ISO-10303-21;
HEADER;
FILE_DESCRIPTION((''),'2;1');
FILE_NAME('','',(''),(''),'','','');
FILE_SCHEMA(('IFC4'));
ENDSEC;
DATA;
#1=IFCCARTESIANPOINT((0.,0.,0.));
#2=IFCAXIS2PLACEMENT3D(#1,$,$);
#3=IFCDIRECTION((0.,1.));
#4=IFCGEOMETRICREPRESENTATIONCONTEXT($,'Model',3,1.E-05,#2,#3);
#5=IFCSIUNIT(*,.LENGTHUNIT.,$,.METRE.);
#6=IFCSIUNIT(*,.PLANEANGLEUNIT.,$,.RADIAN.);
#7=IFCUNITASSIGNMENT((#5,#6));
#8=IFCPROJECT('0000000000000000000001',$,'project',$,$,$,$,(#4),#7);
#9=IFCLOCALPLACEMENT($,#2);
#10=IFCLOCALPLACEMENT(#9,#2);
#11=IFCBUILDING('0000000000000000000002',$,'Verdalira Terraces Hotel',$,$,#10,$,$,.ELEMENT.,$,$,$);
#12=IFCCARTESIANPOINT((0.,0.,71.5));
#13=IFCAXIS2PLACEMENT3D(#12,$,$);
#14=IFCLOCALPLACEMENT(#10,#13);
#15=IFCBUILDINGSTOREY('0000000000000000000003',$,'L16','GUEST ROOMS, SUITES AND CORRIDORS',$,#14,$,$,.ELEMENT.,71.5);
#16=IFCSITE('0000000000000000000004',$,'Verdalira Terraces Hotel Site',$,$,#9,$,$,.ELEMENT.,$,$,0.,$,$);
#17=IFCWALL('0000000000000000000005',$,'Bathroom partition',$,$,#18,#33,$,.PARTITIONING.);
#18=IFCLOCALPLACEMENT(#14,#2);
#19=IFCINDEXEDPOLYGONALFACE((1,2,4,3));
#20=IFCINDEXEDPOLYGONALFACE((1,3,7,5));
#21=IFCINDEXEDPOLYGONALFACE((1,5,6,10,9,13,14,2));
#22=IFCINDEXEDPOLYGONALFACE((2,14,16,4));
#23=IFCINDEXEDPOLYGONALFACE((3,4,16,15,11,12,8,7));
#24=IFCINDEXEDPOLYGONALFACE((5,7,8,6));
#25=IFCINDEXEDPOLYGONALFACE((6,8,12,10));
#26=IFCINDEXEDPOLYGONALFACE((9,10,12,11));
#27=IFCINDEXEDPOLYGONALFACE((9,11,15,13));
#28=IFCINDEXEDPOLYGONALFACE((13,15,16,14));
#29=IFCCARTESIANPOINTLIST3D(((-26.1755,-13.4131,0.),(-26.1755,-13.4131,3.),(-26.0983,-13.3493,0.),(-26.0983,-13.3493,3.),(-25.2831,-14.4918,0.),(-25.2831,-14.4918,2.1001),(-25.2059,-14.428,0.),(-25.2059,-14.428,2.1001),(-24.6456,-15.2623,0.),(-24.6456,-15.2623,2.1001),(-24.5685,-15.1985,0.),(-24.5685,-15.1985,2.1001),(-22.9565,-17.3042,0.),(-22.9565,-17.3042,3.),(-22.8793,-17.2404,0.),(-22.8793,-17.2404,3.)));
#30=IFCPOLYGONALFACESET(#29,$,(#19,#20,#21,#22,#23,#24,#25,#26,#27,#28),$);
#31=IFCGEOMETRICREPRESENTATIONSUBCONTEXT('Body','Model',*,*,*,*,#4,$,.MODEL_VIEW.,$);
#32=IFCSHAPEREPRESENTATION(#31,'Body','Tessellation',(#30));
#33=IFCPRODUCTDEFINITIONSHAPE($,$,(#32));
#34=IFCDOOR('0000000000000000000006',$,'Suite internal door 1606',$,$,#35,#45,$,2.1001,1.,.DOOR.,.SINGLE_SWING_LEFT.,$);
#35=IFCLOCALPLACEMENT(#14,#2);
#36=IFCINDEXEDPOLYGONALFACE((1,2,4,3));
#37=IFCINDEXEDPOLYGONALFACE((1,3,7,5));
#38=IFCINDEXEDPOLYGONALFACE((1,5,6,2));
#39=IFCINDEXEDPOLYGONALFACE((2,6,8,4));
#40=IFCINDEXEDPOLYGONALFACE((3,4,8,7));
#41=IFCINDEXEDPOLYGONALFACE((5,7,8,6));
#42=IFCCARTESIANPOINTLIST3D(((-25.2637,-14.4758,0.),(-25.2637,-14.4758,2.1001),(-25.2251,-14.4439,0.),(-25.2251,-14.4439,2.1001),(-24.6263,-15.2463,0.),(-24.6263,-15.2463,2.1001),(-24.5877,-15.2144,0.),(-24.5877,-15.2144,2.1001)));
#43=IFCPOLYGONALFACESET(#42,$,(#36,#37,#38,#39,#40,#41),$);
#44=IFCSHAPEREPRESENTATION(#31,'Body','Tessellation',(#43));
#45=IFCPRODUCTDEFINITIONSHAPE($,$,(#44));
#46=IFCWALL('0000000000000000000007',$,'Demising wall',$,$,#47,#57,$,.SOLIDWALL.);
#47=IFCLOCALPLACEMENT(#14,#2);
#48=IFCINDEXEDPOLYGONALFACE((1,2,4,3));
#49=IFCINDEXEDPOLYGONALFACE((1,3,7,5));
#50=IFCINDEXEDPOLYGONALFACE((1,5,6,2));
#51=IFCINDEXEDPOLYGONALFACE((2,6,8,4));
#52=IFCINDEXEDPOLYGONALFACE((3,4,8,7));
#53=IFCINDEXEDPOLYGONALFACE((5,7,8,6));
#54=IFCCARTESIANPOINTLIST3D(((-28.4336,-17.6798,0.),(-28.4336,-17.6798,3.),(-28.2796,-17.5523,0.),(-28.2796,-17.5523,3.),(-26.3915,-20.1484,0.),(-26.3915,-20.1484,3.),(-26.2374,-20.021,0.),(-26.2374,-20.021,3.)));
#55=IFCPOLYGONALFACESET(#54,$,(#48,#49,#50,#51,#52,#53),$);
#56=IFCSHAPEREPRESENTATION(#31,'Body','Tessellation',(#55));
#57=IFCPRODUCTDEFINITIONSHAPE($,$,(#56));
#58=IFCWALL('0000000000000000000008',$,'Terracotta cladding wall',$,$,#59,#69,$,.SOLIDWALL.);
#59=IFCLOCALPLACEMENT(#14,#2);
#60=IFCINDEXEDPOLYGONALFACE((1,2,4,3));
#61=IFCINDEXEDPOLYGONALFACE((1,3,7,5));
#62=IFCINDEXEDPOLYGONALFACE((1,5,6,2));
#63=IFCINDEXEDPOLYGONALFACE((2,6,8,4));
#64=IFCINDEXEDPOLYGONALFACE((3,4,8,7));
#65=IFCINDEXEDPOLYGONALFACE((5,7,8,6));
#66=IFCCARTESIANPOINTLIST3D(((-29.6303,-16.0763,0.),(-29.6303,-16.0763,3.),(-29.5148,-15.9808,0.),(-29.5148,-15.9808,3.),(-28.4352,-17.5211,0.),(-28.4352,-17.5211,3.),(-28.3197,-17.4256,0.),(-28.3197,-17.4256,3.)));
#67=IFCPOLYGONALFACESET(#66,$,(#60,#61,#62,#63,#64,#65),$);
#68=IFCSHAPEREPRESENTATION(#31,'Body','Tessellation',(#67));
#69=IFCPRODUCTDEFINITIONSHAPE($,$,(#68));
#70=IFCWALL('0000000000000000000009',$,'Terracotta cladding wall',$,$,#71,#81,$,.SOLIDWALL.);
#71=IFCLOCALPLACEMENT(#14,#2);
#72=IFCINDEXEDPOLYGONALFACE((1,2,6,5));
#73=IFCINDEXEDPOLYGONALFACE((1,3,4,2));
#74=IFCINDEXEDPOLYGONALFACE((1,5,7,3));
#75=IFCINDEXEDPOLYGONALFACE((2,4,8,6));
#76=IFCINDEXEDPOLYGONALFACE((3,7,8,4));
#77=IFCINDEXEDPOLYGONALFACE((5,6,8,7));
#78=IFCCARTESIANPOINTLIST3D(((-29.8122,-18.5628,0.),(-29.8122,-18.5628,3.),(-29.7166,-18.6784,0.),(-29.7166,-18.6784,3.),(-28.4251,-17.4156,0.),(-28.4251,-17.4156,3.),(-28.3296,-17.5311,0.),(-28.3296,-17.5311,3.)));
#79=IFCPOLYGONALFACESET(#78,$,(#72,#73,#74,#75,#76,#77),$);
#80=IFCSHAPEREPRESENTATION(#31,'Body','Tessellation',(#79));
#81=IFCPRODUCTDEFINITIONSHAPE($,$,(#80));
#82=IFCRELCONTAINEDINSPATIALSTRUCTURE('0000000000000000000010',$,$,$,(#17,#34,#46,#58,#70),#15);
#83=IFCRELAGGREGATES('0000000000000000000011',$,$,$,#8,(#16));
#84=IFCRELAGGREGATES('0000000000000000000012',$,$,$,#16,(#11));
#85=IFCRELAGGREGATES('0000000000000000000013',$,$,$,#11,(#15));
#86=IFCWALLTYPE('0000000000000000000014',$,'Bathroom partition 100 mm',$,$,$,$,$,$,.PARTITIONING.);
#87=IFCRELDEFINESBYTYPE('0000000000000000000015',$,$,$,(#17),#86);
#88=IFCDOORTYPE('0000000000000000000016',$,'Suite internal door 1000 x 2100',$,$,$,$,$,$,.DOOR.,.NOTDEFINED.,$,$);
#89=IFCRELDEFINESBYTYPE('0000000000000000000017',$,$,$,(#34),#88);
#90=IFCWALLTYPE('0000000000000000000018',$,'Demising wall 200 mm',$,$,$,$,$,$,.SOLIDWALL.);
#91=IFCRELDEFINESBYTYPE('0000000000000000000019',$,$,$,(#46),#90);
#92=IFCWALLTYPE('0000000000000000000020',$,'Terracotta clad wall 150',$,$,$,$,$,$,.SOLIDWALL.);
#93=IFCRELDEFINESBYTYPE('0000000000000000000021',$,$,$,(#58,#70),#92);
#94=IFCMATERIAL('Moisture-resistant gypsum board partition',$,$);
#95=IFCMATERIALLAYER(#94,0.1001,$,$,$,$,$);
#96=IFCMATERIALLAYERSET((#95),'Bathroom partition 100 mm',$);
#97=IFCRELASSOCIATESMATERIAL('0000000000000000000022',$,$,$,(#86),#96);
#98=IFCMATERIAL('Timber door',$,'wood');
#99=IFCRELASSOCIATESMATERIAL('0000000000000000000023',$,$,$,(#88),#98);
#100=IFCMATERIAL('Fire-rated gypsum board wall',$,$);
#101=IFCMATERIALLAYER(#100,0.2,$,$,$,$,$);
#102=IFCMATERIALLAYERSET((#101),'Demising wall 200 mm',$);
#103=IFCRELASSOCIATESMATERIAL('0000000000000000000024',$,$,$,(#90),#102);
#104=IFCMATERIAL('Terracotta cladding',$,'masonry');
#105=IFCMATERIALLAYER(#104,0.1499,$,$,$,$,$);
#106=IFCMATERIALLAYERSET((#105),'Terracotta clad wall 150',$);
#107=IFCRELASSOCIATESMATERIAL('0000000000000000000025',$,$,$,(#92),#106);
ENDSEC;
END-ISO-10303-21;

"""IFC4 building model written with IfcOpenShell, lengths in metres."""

from ifc_helpers import new_model, si_unit, direction, frame, frame_2d, origin, place, context, subcontext, project, spatial, rectangle, extrude, material, layer, layer_set, type_object, element, fill, save


model = new_model("IFC4")

# Units and contexts
model_context = context("Model", 3, precision=1e-05, world=origin(), true_north=direction((0.0, 1.0)))
body_context = subcontext(model_context, "Body", "Model", "MODEL_VIEW")
ifc_project = project(units=[si_unit("LENGTHUNIT", "METRE"), si_unit("PLANEANGLEUNIT", "RADIAN")], contexts=[model_context])

# Site, building, storey
site_placement = place(None, origin())
site = spatial("IfcSite", under=ifc_project, at=site_placement, Name="Verdalira Terraces Hotel Site", CompositionType="ELEMENT", RefElevation=0.0)
building_placement = place(site_placement, origin())
building = spatial("IfcBuilding", under=site, at=building_placement, Name="Verdalira Terraces Hotel", CompositionType="ELEMENT")
storey_placement = place(building_placement, frame((0.0, 0.0, 71.5)))
storey = spatial("IfcBuildingStorey", under=building, at=storey_placement, Name="L16", Description="GUEST ROOMS, SUITES AND CORRIDORS", CompositionType="ELEMENT", Elevation=71.5)

# Shared definitions
ifc_material_1 = material(Name="Moisture-resistant gypsum board partition")
ifc_layer_1 = layer(ifc_material_1, 0.1001)
ifc_layer_set_1 = layer_set([ifc_layer_1], Name="Bathroom partition 100 mm")
wall_type_1 = type_object("IfcWallType", Name="Bathroom partition 100 mm", PredefinedType="PARTITIONING", material=ifc_layer_set_1)

# Wall, opening, door
wall_1_placement = place(storey_placement, frame((-22.918, -17.2722, 0.0), z_axis=(0.0, 0.0, 1.0), x_axis=(-0.637422, 0.770515, 0.0)))
wall_1 = element("IfcWall", 1, at=wall_1_placement, inside=storey, type_object=wall_type_1, Name="Bathroom partition", PredefinedType="PARTITIONING", context=body_context, shape_type="SweptSolid", body=[
    extrude(rectangle(XDim=5.05, YDim=0.1001, at=frame_2d((2.5249, 0.0))), origin(), (0.0, 0.0, 1.0), 3.0),
])
opening_1_placement = place(wall_1_placement, frame((2.6499, 0.0, 0.0)))
opening_1 = element("IfcOpeningElement", 2, at=opening_1_placement, cuts=wall_1, PredefinedType="OPENING", context=body_context, shape_type="SweptSolid", body=[
    extrude(rectangle(XDim=1.0, YDim=2.1001, at=frame_2d((0.5, 1.05))), frame((0.0, 0.0601, 0.0), z_axis=(0.0, -1.0, 0.0), x_axis=(1.0, 0.0, 0.0)), (0.0, 0.0, 1.0), 0.1201),
])
ifc_material_2 = material(Name="Timber door", Category="wood")
door_type_1 = type_object("IfcDoorType", Name="Suite internal door 1000 x 2100", OperationType="NOTDEFINED", PredefinedType="DOOR", material=ifc_material_2)
door_1_placement = place(opening_1_placement, origin())
door_1 = element("IfcDoor", 3, at=door_1_placement, inside=storey, type_object=door_type_1, Name="Suite internal door 1606", OperationType="SINGLE_SWING_LEFT", OverallHeight=2.1001, OverallWidth=1.0, PredefinedType="DOOR", context=body_context, shape_type="SweptSolid", body=[
    extrude(rectangle(XDim=1.0, YDim=2.1001, at=frame_2d((0.5, 1.05))), frame((0.0, 0.0249, 0.0), z_axis=(0.0, -1.0, 0.0), x_axis=(1.0, 0.0, 0.0)), (0.0, 0.0, 1.0), 0.05),
])
fill(opening_1, door_1)

# Walls
ifc_material_3 = material(Name="Fire-rated gypsum board wall")
ifc_layer_2 = layer(ifc_material_3, 0.2)
ifc_layer_set_2 = layer_set([ifc_layer_2], Name="Demising wall 200 mm")
wall_type_2 = type_object("IfcWallType", Name="Demising wall 200 mm", PredefinedType="SOLIDWALL", material=ifc_layer_set_2)
wall_2_placement = place(storey_placement, frame((-28.3567, -17.616, 0.0), z_axis=(0.0, 0.0, 1.0), x_axis=(0.637407, -0.770527, 0.0)))
element("IfcWall", 4, at=wall_2_placement, inside=storey, type_object=wall_type_2, Name="Demising wall", PredefinedType="SOLIDWALL", context=body_context, shape_type="SweptSolid", body=[
    extrude(rectangle(XDim=3.2039, YDim=0.2, at=frame_2d((1.6021, 0.0))), origin(), (0.0, 0.0, 1.0), 3.0),
])
ifc_material_4 = material(Name="Terracotta cladding", Category="masonry")
ifc_layer_3 = layer(ifc_material_4, 0.1499)
ifc_layer_set_3 = layer_set([ifc_layer_3], Name="Terracotta clad wall 150")
wall_type_3 = type_object("IfcWallType", Name="Terracotta clad wall 150", PredefinedType="SOLIDWALL", material=ifc_layer_set_3)
wall_3_placement = place(storey_placement, frame((-29.5725, -16.0286, 0.0), z_axis=(0.0, 0.0, 1.0), x_axis=(0.637363, -0.770564, 0.0)))
element("IfcWall", 5, at=wall_3_placement, inside=storey, type_object=wall_type_3, Name="Terracotta cladding wall", PredefinedType="SOLIDWALL", context=body_context, shape_type="SweptSolid", body=[
    extrude(rectangle(XDim=1.875, YDim=0.1499, at=frame_2d((0.9375, 0.0))), origin(), (0.0, 0.0, 1.0), 3.0),
])
wall_4_placement = place(storey_placement, frame((-28.3774, -17.4734, 0.0), z_axis=(0.0, 0.0, 1.0), x_axis=(-0.770562, -0.637365, 0.0)))
element("IfcWall", 6, at=wall_4_placement, inside=storey, type_object=wall_type_3, Name="Terracotta cladding wall", PredefinedType="SOLIDWALL", context=body_context, shape_type="SweptSolid", body=[
    extrude(rectangle(XDim=1.8, YDim=0.1499, at=frame_2d((0.8999, 0.0))), origin(), (0.0, 0.0, 1.0), 3.0),
])

save(model, "model.ifc")
